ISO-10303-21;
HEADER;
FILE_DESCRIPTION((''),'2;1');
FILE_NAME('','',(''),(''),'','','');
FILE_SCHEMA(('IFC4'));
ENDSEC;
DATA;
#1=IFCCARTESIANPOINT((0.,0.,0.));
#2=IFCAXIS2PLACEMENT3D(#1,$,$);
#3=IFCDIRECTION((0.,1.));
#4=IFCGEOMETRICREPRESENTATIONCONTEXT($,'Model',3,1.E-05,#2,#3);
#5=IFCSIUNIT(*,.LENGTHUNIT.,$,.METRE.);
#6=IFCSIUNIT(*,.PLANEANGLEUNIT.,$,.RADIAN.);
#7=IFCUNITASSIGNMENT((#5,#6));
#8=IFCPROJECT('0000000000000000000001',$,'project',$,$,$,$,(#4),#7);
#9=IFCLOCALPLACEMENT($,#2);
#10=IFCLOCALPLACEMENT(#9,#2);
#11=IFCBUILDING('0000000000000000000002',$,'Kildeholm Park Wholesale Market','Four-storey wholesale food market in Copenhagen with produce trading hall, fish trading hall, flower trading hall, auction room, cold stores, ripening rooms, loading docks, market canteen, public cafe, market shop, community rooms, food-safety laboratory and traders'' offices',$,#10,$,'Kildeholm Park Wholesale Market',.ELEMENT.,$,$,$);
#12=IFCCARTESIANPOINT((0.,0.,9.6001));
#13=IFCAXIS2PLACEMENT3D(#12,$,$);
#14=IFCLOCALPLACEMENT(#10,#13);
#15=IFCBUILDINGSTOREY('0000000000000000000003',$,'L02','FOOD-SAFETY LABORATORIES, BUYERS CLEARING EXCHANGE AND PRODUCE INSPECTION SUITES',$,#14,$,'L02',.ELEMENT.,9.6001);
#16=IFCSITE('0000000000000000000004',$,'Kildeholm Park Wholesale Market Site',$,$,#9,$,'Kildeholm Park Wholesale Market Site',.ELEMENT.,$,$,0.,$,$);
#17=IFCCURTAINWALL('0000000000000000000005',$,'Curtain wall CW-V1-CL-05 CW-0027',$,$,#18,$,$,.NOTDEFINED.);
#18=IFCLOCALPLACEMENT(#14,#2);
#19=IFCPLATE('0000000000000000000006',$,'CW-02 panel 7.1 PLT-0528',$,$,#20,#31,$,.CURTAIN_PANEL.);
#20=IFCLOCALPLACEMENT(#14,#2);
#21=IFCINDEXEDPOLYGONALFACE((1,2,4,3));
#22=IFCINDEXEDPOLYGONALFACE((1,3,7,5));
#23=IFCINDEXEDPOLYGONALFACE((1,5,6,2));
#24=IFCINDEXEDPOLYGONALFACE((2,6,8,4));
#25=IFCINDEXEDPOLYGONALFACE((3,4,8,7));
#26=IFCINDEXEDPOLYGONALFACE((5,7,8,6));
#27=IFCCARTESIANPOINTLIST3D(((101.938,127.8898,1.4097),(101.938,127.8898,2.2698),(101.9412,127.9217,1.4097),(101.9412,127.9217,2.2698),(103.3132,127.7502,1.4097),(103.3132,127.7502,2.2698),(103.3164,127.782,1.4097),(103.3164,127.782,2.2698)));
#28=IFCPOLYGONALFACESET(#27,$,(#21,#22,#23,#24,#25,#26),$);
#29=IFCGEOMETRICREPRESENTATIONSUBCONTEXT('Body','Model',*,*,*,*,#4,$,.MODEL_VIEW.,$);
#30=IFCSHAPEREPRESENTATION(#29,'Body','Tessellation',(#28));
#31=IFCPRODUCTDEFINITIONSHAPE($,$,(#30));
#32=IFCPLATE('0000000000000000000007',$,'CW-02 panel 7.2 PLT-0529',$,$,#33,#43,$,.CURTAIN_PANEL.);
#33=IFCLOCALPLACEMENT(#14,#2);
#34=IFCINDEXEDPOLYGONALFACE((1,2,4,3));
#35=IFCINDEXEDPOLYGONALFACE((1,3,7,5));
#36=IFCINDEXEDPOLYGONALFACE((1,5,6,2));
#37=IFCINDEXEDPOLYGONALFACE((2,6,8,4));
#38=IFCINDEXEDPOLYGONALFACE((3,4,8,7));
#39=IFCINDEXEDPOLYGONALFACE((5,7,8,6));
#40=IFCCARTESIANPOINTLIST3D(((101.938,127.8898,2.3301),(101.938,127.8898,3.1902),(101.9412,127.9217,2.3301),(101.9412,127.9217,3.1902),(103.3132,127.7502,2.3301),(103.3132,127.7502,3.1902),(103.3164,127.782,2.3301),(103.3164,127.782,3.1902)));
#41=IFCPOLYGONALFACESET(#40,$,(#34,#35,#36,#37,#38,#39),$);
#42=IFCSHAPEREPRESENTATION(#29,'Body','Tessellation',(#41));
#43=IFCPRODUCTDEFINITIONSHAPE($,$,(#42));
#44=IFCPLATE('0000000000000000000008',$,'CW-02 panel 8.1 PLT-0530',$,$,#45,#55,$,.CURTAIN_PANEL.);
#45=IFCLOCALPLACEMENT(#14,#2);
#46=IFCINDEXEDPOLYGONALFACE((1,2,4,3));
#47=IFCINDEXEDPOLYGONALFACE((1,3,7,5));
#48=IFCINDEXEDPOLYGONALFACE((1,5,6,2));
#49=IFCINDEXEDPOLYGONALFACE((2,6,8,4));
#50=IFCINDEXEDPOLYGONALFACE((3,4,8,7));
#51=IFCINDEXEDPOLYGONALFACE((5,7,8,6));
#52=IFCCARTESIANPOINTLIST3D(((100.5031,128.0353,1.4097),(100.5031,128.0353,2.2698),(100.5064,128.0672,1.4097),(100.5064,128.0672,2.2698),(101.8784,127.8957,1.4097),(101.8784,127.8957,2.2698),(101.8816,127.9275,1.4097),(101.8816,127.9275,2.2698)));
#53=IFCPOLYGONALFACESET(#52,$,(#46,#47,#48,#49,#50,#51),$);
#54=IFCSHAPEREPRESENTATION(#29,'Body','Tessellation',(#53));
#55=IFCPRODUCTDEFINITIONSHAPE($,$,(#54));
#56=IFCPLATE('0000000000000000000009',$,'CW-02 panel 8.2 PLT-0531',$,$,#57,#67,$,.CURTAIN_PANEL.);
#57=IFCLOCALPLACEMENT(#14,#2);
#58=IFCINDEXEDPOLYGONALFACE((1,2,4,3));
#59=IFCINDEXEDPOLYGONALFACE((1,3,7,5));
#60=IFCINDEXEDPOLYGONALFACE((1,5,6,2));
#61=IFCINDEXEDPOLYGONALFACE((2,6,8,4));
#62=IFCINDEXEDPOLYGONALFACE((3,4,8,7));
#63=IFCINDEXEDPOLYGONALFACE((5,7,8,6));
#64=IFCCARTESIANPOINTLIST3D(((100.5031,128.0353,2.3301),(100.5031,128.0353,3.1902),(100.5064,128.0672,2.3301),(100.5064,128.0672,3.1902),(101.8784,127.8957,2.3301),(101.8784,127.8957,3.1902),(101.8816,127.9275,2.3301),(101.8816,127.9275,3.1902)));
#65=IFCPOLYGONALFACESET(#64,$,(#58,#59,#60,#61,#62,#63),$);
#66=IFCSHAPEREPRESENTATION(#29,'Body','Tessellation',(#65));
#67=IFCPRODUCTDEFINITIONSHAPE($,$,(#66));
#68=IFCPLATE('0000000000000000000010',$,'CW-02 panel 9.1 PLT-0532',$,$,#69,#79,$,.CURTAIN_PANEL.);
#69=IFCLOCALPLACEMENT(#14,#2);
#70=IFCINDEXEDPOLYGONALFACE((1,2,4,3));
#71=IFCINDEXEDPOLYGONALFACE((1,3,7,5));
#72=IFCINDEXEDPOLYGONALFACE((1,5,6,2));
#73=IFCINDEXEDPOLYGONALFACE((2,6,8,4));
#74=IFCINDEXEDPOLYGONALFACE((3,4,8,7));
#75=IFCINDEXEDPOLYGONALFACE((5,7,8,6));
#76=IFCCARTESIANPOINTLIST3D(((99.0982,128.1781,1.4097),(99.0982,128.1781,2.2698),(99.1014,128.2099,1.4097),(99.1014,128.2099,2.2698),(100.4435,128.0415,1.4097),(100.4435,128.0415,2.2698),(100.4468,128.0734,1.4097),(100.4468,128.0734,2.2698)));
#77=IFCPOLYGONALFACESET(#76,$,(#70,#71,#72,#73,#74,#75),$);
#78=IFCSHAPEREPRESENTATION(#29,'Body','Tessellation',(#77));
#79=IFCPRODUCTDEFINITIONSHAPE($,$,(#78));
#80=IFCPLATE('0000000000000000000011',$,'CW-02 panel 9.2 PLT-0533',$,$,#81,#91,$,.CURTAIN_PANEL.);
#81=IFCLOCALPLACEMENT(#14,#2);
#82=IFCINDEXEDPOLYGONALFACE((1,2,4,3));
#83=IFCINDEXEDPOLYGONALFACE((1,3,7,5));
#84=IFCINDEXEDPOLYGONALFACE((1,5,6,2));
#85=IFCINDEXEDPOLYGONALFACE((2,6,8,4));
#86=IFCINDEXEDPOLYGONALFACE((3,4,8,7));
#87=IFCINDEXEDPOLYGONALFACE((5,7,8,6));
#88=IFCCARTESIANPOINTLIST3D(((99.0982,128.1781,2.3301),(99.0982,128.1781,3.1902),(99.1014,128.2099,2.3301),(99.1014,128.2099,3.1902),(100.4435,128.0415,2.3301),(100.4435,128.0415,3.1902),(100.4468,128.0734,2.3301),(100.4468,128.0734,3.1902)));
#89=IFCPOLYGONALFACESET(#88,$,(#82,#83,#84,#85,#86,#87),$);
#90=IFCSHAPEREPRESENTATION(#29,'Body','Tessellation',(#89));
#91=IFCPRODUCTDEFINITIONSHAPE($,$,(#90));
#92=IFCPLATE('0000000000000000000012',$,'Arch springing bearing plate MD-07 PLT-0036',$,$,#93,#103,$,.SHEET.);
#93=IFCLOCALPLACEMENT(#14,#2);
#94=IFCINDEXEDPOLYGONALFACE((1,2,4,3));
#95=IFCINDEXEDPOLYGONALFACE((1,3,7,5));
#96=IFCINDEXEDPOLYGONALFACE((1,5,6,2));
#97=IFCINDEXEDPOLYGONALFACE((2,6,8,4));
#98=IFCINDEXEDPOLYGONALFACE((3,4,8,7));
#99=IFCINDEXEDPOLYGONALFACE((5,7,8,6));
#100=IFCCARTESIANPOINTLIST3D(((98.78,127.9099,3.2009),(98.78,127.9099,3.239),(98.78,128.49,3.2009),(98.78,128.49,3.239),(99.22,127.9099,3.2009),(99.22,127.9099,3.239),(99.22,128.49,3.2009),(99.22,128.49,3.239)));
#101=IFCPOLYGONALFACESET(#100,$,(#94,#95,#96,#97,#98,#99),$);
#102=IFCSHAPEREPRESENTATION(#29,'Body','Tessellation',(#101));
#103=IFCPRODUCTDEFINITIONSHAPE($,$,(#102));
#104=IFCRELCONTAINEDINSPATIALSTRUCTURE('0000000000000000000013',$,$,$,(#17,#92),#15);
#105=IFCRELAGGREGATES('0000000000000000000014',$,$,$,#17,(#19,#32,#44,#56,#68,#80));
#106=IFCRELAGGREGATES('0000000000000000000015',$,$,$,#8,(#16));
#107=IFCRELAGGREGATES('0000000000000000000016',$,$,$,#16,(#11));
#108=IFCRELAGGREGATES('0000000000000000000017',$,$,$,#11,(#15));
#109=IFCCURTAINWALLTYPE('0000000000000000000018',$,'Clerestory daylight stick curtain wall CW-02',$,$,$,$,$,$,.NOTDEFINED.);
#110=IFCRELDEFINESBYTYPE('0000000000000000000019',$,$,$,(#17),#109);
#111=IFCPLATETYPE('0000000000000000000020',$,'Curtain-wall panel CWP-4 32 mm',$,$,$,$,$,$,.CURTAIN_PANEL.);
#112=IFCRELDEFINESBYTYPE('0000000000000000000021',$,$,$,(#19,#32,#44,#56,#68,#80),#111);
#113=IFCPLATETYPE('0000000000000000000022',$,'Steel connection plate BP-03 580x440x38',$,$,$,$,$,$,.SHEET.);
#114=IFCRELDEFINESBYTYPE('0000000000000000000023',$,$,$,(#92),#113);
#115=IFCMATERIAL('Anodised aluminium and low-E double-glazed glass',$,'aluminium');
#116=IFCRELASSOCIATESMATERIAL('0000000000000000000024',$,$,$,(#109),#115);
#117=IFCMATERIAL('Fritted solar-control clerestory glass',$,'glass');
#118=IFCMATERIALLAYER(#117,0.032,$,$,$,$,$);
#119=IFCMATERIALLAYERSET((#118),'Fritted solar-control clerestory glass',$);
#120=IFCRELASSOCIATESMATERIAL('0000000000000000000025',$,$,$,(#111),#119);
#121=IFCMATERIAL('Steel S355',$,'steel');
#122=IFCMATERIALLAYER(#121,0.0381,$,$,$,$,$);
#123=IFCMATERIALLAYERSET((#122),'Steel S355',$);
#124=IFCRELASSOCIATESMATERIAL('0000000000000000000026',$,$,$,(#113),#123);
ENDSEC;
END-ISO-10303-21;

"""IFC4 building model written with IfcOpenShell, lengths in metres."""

from ifc_helpers import new_model, si_unit, direction, frame, origin, origin_2d, place, context, subcontext, project, spatial, rectangle, extrude, material, layer, layer_set, type_object, element, aggregate, save


model = new_model("IFC4")

# Units and contexts
model_context = context("Model", 3, precision=1e-05, world=origin(), true_north=direction((0.0, 1.0)))
body_context = subcontext(model_context, "Body", "Model", "MODEL_VIEW")
ifc_project = project(units=[si_unit("LENGTHUNIT", "METRE"), si_unit("PLANEANGLEUNIT", "RADIAN")], contexts=[model_context])

# Site, building, storey
site_placement = place(None, origin())
site = spatial("IfcSite", under=ifc_project, at=site_placement, Name="Kildeholm Park Wholesale Market Site", LongName="Kildeholm Park Wholesale Market Site", CompositionType="ELEMENT", RefElevation=0.0)
building_placement = place(site_placement, origin())
building = spatial("IfcBuilding", under=site, at=building_placement, Name="Kildeholm Park Wholesale Market", Description="Four-storey wholesale food market in Copenhagen with produce trading hall, fish trading hall, flower trading hall, auction room, cold stores, ripening rooms, loading docks, market canteen, public cafe, market shop, community rooms, food-safety laboratory and traders' offices", LongName="Kildeholm Park Wholesale Market", CompositionType="ELEMENT")
storey_placement = place(building_placement, frame((0.0, 0.0, 9.6001)))
storey = spatial("IfcBuildingStorey", under=building, at=storey_placement, Name="L02", Description="FOOD-SAFETY LABORATORIES, BUYERS CLEARING EXCHANGE AND PRODUCE INSPECTION SUITES", LongName="L02", CompositionType="ELEMENT", Elevation=9.6001)

# Shared definitions
ifc_material_1 = material(Name="Steel S355", Category="steel")

# Curtain wall
ifc_material_2 = material(Name="Anodised aluminium and low-E double-glazed glass", Category="aluminium")
curtain_wall_type = type_object("IfcCurtainWallType", Name="Clerestory daylight stick curtain wall CW-02", PredefinedType="NOTDEFINED", material=ifc_material_2)
curtain_wall_1_placement = place(storey_placement, origin())
curtain_wall_1 = element("IfcCurtainWall", 1, at=curtain_wall_1_placement, inside=storey, type_object=curtain_wall_type, Name="Curtain wall CW-V1-CL-05 CW-0027", PredefinedType="NOTDEFINED")

# Plates
ifc_material_3 = material(Name="Fritted solar-control clerestory glass", Category="glass")
ifc_layer_1 = layer(ifc_material_3, 0.032)
ifc_layer_set_1 = layer_set([ifc_layer_1], Name="Fritted solar-control clerestory glass")
plate_type_1 = type_object("IfcPlateType", Name="Curtain-wall panel CWP-4 32 mm", PredefinedType="CURTAIN_PANEL", material=ifc_layer_set_1)
plate_1_placement = place(storey_placement, frame((102.6272, 127.8359, 1.4097), z_axis=(0.0, 0.0, 1.0), x_axis=(-0.994887, 0.100999, 0.0)))
plate_1 = element("IfcPlate", 2, at=plate_1_placement, type_object=plate_type_1, Name="CW-02 panel 7.1 PLT-0528", PredefinedType="CURTAIN_PANEL", context=body_context, shape_type="SweptSolid", body=[
    extrude(rectangle(XDim=1.3823, YDim=0.032, at=origin_2d()), origin(), (0.0, 0.0, 1.0), 0.8601),
])
plate_2_placement = place(storey_placement, frame((102.6272, 127.8359, 2.3301), z_axis=(0.0, 0.0, 1.0), x_axis=(-0.994887, 0.100999, 0.0)))
plate_2 = element("IfcPlate", 3, at=plate_2_placement, type_object=plate_type_1, Name="CW-02 panel 7.2 PLT-0529", PredefinedType="CURTAIN_PANEL", context=body_context, shape_type="SweptSolid", body=[
    extrude(rectangle(XDim=1.3823, YDim=0.032, at=origin_2d()), origin(), (0.0, 0.0, 1.0), 0.8601),
])
plate_3_placement = place(storey_placement, frame((101.1924, 127.9814, 1.4097), z_axis=(0.0, 0.0, 1.0), x_axis=(-0.994887, 0.100999, 0.0)))
plate_3 = element("IfcPlate", 4, at=plate_3_placement, type_object=plate_type_1, Name="CW-02 panel 8.1 PLT-0530", PredefinedType="CURTAIN_PANEL", context=body_context, shape_type="SweptSolid", body=[
    extrude(rectangle(XDim=1.3823, YDim=0.032, at=origin_2d()), origin(), (0.0, 0.0, 1.0), 0.8601),
])
plate_4_placement = place(storey_placement, frame((101.1924, 127.9814, 2.3301), z_axis=(0.0, 0.0, 1.0), x_axis=(-0.994887, 0.100999, 0.0)))
plate_4 = element("IfcPlate", 5, at=plate_4_placement, type_object=plate_type_1, Name="CW-02 panel 8.2 PLT-0531", PredefinedType="CURTAIN_PANEL", context=body_context, shape_type="SweptSolid", body=[
    extrude(rectangle(XDim=1.3823, YDim=0.032, at=origin_2d()), origin(), (0.0, 0.0, 1.0), 0.8601),
])
plate_5_placement = place(storey_placement, frame((99.7725, 128.1257, 1.4097), z_axis=(0.0, 0.0, 1.0), x_axis=(-0.994887, 0.100999, 0.0)))
plate_5 = element("IfcPlate", 6, at=plate_5_placement, type_object=plate_type_1, Name="CW-02 panel 9.1 PLT-0532", PredefinedType="CURTAIN_PANEL", context=body_context, shape_type="SweptSolid", body=[
    extrude(rectangle(XDim=1.3523, YDim=0.032, at=origin_2d()), origin(), (0.0, 0.0, 1.0), 0.8601),
])
plate_6_placement = place(storey_placement, frame((99.7725, 128.1257, 2.3301), z_axis=(0.0, 0.0, 1.0), x_axis=(-0.994887, 0.100999, 0.0)))
plate_6 = element("IfcPlate", 7, at=plate_6_placement, type_object=plate_type_1, Name="CW-02 panel 9.2 PLT-0533", PredefinedType="CURTAIN_PANEL", context=body_context, shape_type="SweptSolid", body=[
    extrude(rectangle(XDim=1.3523, YDim=0.032, at=origin_2d()), origin(), (0.0, 0.0, 1.0), 0.8601),
])
aggregate(curtain_wall_1, [plate_1, plate_2, plate_3, plate_4, plate_5, plate_6])
ifc_layer_2 = layer(ifc_material_1, 0.0381)
ifc_layer_set_2 = layer_set([ifc_layer_2], Name="Steel S355")
plate_type_2 = type_object("IfcPlateType", Name="Steel connection plate BP-03 580x440x38", PredefinedType="SHEET", material=ifc_layer_set_2)
plate_7_placement = place(storey_placement, frame((99.0, 128.2, 3.2009), z_axis=(0.0, 0.0, 1.0), x_axis=(0.0, 1.0, 0.0)))
element("IfcPlate", 8, at=plate_7_placement, inside=storey, type_object=plate_type_2, Name="Arch springing bearing plate MD-07 PLT-0036", PredefinedType="SHEET", context=body_context, shape_type="SweptSolid", body=[
    extrude(rectangle(XDim=0.5801, YDim=0.4399, at=origin_2d()), origin(), (0.0, 0.0, 1.0), 0.0381),
])

save(model, "model.ifc")
